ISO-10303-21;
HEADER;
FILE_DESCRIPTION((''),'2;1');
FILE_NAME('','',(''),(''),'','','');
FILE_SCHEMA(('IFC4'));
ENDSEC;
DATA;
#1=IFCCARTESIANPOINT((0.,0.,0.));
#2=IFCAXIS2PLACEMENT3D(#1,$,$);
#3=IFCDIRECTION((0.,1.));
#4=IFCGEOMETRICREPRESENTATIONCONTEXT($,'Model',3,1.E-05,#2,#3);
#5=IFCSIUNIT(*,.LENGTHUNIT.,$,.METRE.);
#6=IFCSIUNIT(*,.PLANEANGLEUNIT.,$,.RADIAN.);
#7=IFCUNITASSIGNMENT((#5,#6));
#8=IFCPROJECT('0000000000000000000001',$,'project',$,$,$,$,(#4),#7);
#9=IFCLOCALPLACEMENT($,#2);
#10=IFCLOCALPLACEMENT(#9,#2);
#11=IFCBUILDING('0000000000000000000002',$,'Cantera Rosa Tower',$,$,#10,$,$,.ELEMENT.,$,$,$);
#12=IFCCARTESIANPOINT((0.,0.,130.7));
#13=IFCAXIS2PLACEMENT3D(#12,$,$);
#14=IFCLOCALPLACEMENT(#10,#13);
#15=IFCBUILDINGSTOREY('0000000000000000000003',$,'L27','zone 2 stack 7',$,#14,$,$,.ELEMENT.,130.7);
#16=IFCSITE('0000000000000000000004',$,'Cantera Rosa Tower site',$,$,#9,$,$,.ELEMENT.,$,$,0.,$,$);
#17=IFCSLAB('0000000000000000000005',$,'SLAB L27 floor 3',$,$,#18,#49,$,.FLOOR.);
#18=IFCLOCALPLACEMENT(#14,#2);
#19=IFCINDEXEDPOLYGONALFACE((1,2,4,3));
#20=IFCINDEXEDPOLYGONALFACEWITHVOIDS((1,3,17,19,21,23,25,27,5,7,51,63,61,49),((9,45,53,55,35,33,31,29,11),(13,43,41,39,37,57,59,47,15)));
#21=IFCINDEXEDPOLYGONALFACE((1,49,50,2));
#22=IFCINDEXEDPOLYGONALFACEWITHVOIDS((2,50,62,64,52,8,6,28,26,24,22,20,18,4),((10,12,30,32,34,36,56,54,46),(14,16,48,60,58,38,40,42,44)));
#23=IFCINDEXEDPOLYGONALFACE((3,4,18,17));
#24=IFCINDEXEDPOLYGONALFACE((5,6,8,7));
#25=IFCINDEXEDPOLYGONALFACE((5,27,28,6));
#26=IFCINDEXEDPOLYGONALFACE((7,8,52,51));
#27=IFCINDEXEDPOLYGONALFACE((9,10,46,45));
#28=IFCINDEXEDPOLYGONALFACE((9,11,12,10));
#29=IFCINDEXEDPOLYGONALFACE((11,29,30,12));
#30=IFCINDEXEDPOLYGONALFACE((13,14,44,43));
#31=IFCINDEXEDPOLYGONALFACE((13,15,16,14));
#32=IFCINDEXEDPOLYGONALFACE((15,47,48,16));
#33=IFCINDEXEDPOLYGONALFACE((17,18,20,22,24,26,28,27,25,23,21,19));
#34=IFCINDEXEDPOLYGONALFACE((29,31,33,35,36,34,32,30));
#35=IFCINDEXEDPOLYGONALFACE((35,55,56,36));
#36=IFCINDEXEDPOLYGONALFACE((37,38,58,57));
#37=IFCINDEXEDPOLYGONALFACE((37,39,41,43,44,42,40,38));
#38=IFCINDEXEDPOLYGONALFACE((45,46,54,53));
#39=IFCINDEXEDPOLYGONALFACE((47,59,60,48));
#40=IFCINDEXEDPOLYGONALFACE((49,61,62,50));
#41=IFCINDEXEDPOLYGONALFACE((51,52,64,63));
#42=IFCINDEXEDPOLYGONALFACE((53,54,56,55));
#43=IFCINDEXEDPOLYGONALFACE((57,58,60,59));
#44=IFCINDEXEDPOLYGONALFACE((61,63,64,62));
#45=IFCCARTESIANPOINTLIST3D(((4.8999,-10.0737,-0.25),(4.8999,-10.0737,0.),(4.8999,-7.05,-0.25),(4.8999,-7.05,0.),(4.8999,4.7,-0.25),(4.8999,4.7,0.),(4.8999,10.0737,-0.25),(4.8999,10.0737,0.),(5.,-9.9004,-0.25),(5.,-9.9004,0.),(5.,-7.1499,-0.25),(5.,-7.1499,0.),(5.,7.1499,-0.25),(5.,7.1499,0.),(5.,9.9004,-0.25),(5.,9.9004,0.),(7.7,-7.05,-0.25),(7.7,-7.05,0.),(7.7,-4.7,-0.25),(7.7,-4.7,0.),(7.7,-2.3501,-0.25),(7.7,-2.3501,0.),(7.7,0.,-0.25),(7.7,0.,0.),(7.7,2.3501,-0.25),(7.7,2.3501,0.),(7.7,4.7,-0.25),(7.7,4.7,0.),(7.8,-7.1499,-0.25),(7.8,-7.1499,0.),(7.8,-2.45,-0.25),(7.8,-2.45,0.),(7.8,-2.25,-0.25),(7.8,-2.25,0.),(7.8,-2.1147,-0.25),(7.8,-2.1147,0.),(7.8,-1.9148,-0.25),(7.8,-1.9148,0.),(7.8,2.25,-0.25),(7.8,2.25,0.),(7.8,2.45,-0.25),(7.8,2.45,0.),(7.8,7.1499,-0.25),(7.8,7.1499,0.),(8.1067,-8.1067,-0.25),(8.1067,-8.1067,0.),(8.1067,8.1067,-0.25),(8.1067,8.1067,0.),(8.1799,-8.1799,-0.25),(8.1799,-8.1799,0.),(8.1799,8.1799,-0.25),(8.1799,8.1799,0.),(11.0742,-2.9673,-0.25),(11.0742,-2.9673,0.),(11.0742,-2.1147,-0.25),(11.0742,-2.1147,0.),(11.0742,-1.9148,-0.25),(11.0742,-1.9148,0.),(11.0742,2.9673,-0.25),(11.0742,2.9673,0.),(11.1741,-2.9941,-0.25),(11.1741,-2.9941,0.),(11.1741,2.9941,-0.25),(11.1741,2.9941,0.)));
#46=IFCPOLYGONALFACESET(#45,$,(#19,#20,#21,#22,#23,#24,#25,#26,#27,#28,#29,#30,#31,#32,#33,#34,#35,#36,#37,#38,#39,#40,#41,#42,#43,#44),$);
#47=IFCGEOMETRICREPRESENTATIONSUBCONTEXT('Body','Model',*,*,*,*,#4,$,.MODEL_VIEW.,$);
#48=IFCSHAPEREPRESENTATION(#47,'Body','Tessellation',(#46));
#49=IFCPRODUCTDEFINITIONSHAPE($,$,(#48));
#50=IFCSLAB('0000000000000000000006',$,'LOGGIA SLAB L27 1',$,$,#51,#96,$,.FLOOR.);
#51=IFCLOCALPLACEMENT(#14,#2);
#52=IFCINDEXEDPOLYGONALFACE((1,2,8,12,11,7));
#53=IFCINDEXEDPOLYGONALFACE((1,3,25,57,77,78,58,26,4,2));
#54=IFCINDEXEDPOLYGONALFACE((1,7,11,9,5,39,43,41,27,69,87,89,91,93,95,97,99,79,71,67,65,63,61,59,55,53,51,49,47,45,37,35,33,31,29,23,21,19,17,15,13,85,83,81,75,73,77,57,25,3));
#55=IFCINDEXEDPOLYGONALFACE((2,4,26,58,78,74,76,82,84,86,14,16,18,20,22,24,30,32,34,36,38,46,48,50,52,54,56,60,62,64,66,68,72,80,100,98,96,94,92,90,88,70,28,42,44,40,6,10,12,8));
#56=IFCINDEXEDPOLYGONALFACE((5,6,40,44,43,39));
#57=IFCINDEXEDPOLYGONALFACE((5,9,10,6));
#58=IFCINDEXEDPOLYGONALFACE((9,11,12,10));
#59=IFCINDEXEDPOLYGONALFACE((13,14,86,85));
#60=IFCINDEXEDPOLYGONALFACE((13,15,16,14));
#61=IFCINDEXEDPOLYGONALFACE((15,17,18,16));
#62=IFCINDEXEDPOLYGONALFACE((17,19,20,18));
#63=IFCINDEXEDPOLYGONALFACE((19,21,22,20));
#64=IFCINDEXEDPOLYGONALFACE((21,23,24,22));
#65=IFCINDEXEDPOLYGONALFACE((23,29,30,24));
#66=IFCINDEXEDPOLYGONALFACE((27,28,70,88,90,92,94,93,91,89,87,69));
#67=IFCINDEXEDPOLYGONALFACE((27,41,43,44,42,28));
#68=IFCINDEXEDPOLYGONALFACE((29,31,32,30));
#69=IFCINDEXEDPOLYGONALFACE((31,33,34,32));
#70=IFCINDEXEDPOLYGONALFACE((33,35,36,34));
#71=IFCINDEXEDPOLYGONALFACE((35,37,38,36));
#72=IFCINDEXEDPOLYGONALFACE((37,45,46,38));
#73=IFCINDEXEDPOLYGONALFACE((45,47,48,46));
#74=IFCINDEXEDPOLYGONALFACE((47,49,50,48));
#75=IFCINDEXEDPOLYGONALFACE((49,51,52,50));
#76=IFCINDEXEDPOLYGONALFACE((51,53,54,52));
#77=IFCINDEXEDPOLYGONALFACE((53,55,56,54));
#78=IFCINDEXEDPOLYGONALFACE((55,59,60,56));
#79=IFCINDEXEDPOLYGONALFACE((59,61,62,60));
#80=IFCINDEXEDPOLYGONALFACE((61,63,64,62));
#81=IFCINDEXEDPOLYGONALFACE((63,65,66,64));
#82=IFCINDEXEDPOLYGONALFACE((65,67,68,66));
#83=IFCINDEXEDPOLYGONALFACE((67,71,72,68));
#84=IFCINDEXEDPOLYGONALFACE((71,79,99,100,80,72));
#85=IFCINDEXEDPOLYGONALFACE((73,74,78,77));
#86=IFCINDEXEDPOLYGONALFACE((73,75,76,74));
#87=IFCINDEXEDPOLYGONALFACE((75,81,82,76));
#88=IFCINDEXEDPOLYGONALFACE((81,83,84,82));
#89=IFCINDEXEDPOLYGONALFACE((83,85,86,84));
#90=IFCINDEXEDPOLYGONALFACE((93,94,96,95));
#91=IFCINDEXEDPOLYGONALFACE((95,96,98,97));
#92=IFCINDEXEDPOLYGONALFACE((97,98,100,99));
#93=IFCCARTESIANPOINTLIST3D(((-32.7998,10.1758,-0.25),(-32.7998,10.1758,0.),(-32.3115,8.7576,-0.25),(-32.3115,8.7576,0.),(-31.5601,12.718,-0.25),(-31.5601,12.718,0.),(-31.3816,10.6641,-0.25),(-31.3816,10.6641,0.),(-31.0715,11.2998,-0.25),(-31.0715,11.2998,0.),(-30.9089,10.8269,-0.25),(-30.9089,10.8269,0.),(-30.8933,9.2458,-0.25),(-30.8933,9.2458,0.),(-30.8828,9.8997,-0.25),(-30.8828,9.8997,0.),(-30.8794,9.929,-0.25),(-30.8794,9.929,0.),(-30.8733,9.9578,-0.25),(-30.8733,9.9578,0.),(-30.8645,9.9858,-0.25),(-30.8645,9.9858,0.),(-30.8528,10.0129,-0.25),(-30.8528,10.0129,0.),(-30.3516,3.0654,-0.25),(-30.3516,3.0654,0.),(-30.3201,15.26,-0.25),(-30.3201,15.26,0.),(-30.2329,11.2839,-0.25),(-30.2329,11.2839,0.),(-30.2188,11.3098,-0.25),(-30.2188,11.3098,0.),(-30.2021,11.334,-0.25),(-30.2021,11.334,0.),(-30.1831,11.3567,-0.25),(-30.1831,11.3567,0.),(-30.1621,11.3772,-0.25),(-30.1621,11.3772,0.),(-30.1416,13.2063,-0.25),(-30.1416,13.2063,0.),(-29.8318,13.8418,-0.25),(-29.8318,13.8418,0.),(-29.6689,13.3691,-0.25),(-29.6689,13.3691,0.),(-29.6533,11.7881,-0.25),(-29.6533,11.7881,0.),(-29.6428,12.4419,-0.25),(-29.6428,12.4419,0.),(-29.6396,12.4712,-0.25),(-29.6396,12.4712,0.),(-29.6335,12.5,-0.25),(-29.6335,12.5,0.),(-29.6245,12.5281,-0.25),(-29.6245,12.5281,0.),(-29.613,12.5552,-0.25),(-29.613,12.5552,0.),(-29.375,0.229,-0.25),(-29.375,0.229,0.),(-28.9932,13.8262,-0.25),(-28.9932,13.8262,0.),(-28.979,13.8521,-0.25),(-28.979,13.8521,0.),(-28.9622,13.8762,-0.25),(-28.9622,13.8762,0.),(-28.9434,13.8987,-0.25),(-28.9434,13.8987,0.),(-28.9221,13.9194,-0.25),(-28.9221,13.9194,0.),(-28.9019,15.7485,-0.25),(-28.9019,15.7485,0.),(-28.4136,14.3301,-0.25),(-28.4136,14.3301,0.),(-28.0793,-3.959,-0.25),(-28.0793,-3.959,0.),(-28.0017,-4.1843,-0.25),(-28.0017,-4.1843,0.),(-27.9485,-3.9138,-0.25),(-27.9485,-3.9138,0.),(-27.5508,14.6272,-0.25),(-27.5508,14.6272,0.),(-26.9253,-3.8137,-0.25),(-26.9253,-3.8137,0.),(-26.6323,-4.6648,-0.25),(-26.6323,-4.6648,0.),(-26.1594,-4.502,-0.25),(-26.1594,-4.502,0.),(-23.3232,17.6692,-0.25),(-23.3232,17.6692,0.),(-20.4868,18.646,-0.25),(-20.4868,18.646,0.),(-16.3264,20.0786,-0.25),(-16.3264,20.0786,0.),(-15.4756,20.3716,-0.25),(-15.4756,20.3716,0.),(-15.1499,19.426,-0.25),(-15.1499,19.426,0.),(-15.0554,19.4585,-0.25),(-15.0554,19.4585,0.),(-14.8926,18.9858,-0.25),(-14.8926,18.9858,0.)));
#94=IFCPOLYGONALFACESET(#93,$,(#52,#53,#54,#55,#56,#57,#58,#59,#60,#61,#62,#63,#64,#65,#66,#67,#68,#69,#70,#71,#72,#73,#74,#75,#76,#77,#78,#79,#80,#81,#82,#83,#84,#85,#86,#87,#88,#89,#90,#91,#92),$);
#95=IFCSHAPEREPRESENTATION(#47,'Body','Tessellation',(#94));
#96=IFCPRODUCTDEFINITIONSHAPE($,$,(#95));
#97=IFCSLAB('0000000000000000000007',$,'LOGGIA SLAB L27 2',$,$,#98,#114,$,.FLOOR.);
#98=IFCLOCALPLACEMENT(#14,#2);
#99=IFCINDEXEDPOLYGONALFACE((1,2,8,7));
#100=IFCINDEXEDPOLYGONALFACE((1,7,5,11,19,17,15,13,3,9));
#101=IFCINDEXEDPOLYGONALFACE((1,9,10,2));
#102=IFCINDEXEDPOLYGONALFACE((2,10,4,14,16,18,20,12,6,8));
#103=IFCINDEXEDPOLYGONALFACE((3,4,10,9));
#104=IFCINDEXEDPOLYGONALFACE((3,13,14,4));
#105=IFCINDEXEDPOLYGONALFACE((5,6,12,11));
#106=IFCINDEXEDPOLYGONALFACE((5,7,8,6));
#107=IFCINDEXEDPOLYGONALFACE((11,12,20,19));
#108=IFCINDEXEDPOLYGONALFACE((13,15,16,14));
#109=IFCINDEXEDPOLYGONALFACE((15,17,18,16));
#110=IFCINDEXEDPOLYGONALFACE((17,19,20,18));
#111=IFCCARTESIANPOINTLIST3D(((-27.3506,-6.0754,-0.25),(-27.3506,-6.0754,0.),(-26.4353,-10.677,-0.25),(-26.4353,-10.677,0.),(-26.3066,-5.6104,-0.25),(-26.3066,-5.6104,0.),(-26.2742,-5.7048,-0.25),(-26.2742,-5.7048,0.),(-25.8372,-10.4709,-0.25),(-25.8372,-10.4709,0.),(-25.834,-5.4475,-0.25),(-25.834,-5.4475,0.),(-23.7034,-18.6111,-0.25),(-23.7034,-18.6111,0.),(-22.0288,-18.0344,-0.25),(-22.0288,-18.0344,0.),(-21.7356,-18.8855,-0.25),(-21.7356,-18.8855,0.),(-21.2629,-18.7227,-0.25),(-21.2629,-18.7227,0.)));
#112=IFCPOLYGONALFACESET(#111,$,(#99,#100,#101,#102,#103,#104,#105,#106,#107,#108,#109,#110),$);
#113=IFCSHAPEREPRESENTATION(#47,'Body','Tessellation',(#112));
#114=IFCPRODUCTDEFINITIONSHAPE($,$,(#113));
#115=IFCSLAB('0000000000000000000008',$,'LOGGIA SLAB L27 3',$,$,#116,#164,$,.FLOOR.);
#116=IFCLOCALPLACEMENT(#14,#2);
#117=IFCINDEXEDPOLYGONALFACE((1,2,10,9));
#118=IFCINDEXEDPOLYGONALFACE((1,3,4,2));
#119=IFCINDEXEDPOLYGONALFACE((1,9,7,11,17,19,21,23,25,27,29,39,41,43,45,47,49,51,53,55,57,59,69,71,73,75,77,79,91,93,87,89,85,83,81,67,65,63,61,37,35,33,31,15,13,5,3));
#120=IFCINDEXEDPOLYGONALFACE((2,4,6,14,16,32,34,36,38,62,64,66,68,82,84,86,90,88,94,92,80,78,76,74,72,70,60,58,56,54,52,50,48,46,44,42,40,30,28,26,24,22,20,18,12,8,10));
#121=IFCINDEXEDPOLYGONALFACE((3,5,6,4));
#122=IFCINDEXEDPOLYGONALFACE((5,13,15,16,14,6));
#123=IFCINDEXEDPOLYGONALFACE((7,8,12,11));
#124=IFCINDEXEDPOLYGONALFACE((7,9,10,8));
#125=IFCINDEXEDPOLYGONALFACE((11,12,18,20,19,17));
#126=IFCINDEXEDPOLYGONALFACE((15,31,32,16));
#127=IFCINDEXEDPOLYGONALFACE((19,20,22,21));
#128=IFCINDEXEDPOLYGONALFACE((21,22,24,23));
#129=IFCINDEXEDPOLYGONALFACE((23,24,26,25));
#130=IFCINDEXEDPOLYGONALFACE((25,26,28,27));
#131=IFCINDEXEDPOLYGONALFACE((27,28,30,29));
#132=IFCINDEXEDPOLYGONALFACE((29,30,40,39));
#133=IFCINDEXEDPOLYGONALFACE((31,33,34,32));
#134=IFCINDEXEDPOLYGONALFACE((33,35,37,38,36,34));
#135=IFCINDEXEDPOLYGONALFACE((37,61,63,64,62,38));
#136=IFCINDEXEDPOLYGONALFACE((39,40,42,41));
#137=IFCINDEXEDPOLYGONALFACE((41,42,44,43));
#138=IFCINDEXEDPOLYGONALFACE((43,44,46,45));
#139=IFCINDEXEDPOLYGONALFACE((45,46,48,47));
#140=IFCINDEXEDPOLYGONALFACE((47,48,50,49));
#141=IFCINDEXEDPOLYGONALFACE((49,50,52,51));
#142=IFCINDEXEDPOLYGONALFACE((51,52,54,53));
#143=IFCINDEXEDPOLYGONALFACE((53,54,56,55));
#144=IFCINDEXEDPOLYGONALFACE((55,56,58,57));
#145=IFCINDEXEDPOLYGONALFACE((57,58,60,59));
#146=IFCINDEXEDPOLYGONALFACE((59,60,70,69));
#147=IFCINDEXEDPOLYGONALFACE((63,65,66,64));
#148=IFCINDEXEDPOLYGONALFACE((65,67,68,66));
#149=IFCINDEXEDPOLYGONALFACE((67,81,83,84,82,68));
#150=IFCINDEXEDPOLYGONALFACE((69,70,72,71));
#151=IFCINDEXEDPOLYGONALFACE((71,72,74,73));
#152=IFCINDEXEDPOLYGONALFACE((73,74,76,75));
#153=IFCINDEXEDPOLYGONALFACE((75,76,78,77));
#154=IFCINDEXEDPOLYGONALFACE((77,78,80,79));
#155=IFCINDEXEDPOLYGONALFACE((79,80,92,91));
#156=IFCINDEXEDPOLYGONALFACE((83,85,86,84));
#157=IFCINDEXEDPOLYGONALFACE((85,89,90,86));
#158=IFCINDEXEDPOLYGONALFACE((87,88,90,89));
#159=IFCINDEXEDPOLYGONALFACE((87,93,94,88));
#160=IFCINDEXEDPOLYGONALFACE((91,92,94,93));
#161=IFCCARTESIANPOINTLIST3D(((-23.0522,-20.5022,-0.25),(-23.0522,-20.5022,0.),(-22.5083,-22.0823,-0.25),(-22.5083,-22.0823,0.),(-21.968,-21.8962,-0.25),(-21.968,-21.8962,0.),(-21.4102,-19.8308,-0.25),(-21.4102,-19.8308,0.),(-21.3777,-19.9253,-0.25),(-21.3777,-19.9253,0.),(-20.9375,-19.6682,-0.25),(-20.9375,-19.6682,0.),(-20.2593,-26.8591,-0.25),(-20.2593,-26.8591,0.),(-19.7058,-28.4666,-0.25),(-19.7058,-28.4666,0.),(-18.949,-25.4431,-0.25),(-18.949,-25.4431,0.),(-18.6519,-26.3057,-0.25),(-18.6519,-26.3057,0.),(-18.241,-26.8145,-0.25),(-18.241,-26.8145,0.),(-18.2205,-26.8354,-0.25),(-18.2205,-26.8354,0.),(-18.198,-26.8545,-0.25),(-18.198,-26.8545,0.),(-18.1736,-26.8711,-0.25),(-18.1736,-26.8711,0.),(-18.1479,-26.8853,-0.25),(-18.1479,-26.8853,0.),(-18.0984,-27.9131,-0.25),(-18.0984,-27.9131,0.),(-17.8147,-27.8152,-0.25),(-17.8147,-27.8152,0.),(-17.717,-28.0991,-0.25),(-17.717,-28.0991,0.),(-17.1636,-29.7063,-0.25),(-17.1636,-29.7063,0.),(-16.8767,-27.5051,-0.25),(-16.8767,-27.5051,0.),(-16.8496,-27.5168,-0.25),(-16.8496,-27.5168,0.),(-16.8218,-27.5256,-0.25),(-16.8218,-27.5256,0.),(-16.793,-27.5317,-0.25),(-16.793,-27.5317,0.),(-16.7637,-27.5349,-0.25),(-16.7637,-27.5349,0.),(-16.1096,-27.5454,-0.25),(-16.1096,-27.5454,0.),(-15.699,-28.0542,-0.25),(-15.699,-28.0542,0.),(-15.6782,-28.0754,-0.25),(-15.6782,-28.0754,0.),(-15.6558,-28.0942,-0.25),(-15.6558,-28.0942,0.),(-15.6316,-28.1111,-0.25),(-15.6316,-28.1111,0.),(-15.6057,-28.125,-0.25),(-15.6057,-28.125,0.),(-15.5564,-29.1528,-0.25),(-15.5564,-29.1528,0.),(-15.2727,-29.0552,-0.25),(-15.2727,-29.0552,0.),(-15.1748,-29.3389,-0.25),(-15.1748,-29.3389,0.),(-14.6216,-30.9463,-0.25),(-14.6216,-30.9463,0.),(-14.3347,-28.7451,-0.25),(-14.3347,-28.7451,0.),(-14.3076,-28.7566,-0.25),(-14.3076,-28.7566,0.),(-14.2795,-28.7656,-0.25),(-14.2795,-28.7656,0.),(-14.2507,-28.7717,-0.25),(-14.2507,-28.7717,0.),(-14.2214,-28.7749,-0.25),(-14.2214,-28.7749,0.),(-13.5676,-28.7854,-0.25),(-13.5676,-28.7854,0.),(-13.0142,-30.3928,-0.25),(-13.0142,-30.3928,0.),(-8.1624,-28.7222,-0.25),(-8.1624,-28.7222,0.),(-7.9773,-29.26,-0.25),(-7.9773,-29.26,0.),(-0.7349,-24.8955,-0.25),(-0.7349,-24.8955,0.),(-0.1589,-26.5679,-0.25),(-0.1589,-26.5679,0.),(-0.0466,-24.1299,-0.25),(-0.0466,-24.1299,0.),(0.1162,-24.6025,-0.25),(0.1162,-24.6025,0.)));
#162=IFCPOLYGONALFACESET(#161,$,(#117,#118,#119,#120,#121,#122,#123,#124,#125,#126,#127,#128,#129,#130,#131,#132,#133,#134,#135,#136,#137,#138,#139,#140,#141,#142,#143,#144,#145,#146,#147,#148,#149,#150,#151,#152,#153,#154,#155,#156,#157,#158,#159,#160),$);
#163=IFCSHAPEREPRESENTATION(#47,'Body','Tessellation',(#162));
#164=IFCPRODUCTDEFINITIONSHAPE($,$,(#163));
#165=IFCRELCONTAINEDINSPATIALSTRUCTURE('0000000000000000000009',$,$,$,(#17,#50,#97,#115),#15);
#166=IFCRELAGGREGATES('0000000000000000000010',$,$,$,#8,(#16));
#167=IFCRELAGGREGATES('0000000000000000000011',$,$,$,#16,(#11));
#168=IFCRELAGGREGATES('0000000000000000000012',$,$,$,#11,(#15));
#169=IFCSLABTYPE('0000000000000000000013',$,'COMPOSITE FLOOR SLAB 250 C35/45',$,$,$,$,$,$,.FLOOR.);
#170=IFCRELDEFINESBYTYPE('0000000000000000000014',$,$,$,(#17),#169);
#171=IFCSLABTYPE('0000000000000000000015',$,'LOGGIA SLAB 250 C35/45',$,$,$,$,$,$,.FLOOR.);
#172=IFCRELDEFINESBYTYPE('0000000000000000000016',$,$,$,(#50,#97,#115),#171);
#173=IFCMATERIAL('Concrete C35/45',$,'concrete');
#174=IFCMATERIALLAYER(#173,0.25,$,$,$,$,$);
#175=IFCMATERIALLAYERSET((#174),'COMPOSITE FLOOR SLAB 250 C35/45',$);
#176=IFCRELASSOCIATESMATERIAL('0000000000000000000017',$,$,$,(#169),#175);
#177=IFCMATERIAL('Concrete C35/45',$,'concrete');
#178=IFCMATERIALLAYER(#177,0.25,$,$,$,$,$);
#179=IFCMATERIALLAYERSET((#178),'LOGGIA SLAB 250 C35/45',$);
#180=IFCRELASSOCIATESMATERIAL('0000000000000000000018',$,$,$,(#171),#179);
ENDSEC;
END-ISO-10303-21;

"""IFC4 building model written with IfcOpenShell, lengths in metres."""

from ifc_helpers import new_model, si_unit, direction, frame, origin, place, context, subcontext, project, spatial, polyline, outline, extrude, material, layer, layer_set, type_object, element, save


model = new_model("IFC4")

# Units and contexts
model_context = context("Model", 3, precision=1e-05, world=origin(), true_north=direction((0.0, 1.0)))
body_context = subcontext(model_context, "Body", "Model", "MODEL_VIEW")
ifc_project = project(units=[si_unit("LENGTHUNIT", "METRE"), si_unit("PLANEANGLEUNIT", "RADIAN")], contexts=[model_context])

# Site, building, storey
site_placement = place(None, origin())
site = spatial("IfcSite", under=ifc_project, at=site_placement, Name="Cantera Rosa Tower site", CompositionType="ELEMENT", RefElevation=0.0)
building_placement = place(site_placement, origin())
building = spatial("IfcBuilding", under=site, at=building_placement, Name="Cantera Rosa Tower", CompositionType="ELEMENT")
storey_placement = place(building_placement, frame((0.0, 0.0, 130.7)))
storey = spatial("IfcBuildingStorey", under=building, at=storey_placement, Name="L27", Description="zone 2 stack 7", CompositionType="ELEMENT", Elevation=130.7)

# Slabs
ifc_material_1 = material(Name="Concrete C35/45", Category="concrete")
ifc_layer_1 = layer(ifc_material_1, 0.25)
ifc_layer_set_1 = layer_set([ifc_layer_1], Name="COMPOSITE FLOOR SLAB 250 C35/45")
slab_type_1 = type_object("IfcSlabType", Name="COMPOSITE FLOOR SLAB 250 C35/45", PredefinedType="FLOOR", material=ifc_layer_set_1)
slab_1_placement = place(storey_placement, frame((0.0, 0.0, -0.25)))
element("IfcSlab", 1, at=slab_1_placement, inside=storey, type_object=slab_type_1, Name="SLAB L27 floor 3", PredefinedType="FLOOR", context=body_context, shape_type="SweptSolid", body=[
    extrude(outline(polyline([(7.7, 0.0), (7.7, 2.3501), (7.7, 4.7), (4.8999, 4.7), (4.8999, 10.0737), (8.1799, 8.1799), (11.1741, 2.9941), (11.1741, -2.9941), (8.1799, -8.1799), (4.8999, -10.0737), (4.8999, -7.05), (7.7, -7.05), (7.7, -4.7), (7.7, -2.3501), (7.7, 0.0)]), holes=[polyline([(7.8, -2.25), (7.8, -2.45), (7.8, -7.1499), (5.0, -7.1499), (5.0, -9.9004), (8.1067, -8.1067), (11.0742, -2.9673), (11.0742, -2.1147), (7.8, -2.1147), (7.8, -2.25)]), polyline([(5.0, 7.1499), (7.8, 7.1499), (7.8, 2.45), (7.8, 2.25), (7.8, -1.9148), (11.0742, -1.9148), (11.0742, 2.9673), (8.1067, 8.1067), (5.0, 9.9004), (5.0, 7.1499)])]), origin(), (0.0, 0.0, 1.0), 0.25),
])
ifc_material_2 = material(Name="Concrete C35/45", Category="concrete")
ifc_layer_2 = layer(ifc_material_2, 0.25)
ifc_layer_set_2 = layer_set([ifc_layer_2], Name="LOGGIA SLAB 250 C35/45")
slab_type_2 = type_object("IfcSlabType", Name="LOGGIA SLAB 250 C35/45", PredefinedType="FLOOR", material=ifc_layer_set_2)
slab_2_placement = place(storey_placement, frame((0.0, 0.0, -0.25)))
element("IfcSlab", 2, at=slab_2_placement, inside=storey, type_object=slab_type_2, Name="LOGGIA SLAB L27 1", PredefinedType="FLOOR", context=body_context, shape_type="SweptSolid", body=[
    extrude(outline(polyline([(-29.375, 0.229), (-30.3516, 3.0654), (-32.3115, 8.7576), (-32.7998, 10.1758), (-31.3816, 10.6641), (-30.9089, 10.8269), (-31.0715, 11.2998), (-31.5601, 12.718), (-30.1416, 13.2063), (-29.6689, 13.3691), (-29.8318, 13.8418), (-30.3201, 15.26), (-28.9019, 15.7485), (-23.3232, 17.6692), (-20.4868, 18.646), (-16.3264, 20.0786), (-15.4756, 20.3716), (-15.1499, 19.426), (-15.0554, 19.4585), (-14.8926, 18.9858), (-27.5508, 14.6272), (-28.4136, 14.3301), (-28.9221, 13.9194), (-28.9434, 13.8987), (-28.9622, 13.8762), (-28.979, 13.8521), (-28.9932, 13.8262), (-29.613, 12.5552), (-29.6245, 12.5281), (-29.6335, 12.5), (-29.6396, 12.4712), (-29.6428, 12.4419), (-29.6533, 11.7881), (-30.1621, 11.3772), (-30.1831, 11.3567), (-30.2021, 11.334), (-30.2188, 11.3098), (-30.2329, 11.2839), (-30.8528, 10.0129), (-30.8645, 9.9858), (-30.8733, 9.9578), (-30.8794, 9.929), (-30.8828, 9.8997), (-30.8933, 9.2458), (-26.1594, -4.502), (-26.6323, -4.6648), (-26.9253, -3.8137), (-28.0017, -4.1843), (-28.0793, -3.959), (-27.9485, -3.9138), (-29.375, 0.229)])), origin(), (0.0, 0.0, 1.0), 0.25),
])
slab_3_placement = place(storey_placement, frame((0.0, 0.0, -0.25)))
element("IfcSlab", 3, at=slab_3_placement, inside=storey, type_object=slab_type_2, Name="LOGGIA SLAB L27 2", PredefinedType="FLOOR", context=body_context, shape_type="SweptSolid", body=[
    extrude(outline(polyline([(-27.3506, -6.0754), (-26.2742, -5.7048), (-26.3066, -5.6104), (-25.834, -5.4475), (-21.2629, -18.7227), (-21.7356, -18.8855), (-22.0288, -18.0344), (-23.7034, -18.6111), (-26.4353, -10.677), (-25.8372, -10.4709), (-27.3506, -6.0754)])), origin(), (0.0, 0.0, 1.0), 0.25),
])
slab_4_placement = place(storey_placement, frame((0.0, 0.0, -0.25)))
element("IfcSlab", 4, at=slab_4_placement, inside=storey, type_object=slab_type_2, Name="LOGGIA SLAB L27 3", PredefinedType="FLOOR", context=body_context, shape_type="SweptSolid", body=[
    extrude(outline(polyline([(-13.0142, -30.3928), (-14.6216, -30.9463), (-15.1748, -29.3389), (-15.2727, -29.0552), (-15.5564, -29.1528), (-17.1636, -29.7063), (-17.717, -28.0991), (-17.8147, -27.8152), (-18.0984, -27.9131), (-19.7058, -28.4666), (-20.2593, -26.8591), (-21.968, -21.8962), (-22.5083, -22.0823), (-23.0522, -20.5022), (-21.3777, -19.9253), (-21.4102, -19.8308), (-20.9375, -19.6682), (-18.949, -25.4431), (-18.6519, -26.3057), (-18.241, -26.8145), (-18.2205, -26.8354), (-18.198, -26.8545), (-18.1736, -26.8711), (-18.1479, -26.8853), (-16.8767, -27.5051), (-16.8496, -27.5168), (-16.8218, -27.5256), (-16.793, -27.5317), (-16.7637, -27.5349), (-16.1096, -27.5454), (-15.699, -28.0542), (-15.6782, -28.0754), (-15.6558, -28.0942), (-15.6316, -28.1111), (-15.6057, -28.125), (-14.3347, -28.7451), (-14.3076, -28.7566), (-14.2795, -28.7656), (-14.2507, -28.7717), (-14.2214, -28.7749), (-13.5676, -28.7854), (-0.0466, -24.1299), (0.1162, -24.6025), (-0.7349, -24.8955), (-0.1589, -26.5679), (-7.9773, -29.26), (-8.1624, -28.7222), (-13.0142, -30.3928)])), origin(), (0.0, 0.0, 1.0), 0.25),
])

save(model, "model.ifc")
